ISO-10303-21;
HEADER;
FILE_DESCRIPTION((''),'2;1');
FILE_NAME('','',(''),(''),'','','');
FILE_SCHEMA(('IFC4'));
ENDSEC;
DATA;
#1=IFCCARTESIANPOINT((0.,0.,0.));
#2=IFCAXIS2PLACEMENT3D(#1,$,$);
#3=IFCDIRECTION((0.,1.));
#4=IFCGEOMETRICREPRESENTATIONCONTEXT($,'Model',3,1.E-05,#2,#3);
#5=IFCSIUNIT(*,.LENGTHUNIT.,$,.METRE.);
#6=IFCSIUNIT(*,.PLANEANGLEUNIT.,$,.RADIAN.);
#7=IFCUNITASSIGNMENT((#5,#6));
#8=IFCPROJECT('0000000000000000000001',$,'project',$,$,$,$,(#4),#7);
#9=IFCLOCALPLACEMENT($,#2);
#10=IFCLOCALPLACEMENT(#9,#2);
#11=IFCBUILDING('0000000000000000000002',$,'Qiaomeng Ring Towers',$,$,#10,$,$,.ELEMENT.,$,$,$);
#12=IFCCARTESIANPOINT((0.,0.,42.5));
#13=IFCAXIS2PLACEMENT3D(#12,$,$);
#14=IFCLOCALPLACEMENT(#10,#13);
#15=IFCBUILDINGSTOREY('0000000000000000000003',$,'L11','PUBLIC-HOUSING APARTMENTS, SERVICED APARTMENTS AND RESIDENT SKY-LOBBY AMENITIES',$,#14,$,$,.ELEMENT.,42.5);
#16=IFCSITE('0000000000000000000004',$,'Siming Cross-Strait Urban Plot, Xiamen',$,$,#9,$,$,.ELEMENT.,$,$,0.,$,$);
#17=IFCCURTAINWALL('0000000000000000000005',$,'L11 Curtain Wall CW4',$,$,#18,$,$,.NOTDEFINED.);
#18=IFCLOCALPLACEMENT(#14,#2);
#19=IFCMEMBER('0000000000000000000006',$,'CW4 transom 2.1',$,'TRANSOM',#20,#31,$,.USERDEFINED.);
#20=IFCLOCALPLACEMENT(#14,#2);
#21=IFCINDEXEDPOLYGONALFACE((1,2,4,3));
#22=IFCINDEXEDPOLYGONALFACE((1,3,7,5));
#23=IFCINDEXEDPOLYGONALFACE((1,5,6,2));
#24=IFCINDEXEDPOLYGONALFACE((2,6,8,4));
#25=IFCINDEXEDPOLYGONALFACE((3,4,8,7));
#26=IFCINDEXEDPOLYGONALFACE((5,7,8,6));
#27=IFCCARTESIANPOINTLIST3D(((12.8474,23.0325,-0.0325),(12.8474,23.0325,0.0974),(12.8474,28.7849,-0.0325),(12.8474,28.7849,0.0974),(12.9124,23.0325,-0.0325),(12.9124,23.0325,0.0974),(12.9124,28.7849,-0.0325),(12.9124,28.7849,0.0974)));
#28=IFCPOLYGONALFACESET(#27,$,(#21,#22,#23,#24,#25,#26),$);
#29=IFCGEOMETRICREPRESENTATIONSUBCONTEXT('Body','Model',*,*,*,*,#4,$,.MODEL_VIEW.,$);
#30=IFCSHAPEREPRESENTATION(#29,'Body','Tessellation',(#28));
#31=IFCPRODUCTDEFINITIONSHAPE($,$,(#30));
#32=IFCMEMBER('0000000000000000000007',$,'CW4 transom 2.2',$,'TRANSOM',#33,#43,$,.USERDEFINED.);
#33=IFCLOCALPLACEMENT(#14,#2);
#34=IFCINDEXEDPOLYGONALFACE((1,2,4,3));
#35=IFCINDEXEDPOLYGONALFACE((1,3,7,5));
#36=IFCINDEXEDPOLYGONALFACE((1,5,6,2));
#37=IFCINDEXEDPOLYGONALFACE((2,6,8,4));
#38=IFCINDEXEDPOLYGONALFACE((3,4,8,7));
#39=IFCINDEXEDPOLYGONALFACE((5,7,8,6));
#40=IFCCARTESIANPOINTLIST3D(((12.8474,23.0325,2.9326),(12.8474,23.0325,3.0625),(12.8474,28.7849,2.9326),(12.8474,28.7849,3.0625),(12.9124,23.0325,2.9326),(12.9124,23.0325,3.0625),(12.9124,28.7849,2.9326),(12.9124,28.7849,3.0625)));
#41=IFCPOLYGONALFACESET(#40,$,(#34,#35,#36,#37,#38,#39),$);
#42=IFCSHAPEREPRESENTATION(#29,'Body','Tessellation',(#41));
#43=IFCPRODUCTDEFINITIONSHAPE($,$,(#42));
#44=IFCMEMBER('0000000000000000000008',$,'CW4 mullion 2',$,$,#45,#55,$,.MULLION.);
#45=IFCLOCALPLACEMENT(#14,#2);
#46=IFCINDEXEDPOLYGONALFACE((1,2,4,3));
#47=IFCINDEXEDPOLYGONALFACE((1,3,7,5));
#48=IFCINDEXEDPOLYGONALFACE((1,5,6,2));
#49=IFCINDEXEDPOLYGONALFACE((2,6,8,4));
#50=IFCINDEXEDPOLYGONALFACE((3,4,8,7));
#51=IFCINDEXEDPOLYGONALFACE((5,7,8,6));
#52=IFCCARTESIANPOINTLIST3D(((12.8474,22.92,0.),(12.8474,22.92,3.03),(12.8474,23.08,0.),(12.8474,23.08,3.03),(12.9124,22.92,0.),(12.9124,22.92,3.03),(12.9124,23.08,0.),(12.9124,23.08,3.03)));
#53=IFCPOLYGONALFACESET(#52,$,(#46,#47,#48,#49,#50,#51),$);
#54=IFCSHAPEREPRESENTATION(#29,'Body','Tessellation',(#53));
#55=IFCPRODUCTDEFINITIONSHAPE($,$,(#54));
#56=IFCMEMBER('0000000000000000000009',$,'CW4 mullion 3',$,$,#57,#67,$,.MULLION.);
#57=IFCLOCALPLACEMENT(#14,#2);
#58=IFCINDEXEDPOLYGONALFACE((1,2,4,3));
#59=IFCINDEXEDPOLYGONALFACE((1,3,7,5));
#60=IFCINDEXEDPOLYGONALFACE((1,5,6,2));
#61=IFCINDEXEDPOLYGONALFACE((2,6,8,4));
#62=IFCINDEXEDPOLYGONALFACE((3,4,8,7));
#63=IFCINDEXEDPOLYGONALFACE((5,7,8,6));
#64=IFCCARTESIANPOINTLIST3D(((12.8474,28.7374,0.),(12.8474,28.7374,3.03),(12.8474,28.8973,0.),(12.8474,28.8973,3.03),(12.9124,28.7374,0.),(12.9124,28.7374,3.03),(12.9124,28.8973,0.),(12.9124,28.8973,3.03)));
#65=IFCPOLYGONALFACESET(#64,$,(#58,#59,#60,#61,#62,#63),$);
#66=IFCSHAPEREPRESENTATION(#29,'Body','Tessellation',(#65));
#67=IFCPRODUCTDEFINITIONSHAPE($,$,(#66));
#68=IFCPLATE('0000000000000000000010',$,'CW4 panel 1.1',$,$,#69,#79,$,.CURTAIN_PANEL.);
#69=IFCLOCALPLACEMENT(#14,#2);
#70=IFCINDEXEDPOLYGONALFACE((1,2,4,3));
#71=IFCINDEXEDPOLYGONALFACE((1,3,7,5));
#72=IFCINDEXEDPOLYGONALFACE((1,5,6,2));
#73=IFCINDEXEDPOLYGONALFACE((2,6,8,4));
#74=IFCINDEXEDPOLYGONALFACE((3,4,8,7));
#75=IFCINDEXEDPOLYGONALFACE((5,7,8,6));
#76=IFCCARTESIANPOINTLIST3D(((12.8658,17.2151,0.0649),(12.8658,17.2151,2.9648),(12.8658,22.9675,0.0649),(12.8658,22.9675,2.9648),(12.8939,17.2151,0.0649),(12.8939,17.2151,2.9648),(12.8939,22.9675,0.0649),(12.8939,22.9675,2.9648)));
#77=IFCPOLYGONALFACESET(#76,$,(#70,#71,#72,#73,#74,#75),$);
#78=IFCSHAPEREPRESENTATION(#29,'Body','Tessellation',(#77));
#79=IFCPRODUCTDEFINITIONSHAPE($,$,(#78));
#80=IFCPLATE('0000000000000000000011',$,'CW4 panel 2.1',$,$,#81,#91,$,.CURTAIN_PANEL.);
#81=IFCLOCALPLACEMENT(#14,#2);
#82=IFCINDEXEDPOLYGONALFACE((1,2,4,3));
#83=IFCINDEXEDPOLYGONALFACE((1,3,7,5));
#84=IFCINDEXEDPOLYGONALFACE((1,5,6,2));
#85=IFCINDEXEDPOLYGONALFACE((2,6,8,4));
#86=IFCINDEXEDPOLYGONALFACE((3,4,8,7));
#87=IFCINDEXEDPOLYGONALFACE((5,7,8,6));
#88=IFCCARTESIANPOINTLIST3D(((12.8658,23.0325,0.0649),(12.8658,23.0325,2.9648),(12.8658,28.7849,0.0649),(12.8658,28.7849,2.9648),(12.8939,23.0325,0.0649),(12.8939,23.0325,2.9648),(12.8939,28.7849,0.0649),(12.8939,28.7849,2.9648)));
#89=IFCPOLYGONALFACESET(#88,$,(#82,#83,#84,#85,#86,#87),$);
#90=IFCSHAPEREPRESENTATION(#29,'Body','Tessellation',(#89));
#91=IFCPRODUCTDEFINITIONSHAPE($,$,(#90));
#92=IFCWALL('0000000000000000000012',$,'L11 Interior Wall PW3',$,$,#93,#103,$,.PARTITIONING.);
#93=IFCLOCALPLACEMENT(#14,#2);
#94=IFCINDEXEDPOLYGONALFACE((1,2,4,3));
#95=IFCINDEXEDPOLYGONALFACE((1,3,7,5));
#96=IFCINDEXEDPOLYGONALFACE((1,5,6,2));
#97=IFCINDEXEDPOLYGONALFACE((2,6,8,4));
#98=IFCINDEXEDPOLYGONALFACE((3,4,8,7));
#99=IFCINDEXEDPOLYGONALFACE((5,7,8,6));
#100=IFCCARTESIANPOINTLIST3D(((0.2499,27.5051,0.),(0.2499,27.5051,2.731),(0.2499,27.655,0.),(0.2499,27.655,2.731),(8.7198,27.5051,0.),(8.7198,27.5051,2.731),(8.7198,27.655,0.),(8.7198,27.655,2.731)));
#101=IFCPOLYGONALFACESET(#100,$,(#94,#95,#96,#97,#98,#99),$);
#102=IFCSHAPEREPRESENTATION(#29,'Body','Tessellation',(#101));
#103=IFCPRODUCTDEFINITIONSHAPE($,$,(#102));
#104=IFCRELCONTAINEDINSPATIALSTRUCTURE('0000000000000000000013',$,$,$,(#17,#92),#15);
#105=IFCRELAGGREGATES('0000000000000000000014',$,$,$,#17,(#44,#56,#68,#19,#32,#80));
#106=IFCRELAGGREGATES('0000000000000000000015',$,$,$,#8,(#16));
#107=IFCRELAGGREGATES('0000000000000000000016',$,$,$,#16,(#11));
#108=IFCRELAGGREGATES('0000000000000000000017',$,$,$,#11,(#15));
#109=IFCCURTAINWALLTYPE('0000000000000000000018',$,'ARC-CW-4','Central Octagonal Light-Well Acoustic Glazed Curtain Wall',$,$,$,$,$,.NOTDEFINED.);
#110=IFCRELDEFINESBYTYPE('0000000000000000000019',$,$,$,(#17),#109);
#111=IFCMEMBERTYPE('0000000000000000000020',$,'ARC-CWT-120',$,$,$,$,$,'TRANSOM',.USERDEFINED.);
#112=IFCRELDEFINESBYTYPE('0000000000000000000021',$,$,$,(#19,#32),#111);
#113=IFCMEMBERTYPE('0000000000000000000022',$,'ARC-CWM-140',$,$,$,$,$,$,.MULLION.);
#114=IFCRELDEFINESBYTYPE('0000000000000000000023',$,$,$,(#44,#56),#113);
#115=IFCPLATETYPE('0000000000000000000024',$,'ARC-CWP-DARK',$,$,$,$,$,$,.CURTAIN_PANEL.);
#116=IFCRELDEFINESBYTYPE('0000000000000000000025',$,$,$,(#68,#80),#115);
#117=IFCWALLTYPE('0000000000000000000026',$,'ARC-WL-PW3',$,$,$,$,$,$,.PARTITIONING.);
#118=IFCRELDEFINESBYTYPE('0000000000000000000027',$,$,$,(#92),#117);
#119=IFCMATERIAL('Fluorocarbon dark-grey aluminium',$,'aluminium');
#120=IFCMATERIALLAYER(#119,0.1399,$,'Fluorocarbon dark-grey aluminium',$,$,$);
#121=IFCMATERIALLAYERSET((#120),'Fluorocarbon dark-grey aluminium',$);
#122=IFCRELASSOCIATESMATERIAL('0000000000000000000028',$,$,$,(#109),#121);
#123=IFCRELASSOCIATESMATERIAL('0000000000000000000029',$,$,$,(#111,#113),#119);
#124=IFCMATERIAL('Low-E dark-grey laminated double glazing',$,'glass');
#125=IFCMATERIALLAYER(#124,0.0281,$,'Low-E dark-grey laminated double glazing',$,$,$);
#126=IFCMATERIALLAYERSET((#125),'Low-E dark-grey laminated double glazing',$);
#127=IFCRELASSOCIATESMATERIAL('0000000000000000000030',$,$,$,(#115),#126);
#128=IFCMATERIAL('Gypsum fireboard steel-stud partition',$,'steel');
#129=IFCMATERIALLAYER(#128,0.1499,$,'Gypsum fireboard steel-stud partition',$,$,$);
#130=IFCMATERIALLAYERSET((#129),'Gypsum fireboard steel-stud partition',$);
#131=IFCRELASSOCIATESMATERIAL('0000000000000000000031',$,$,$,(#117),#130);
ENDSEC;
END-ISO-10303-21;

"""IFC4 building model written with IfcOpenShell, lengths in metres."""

from ifc_helpers import new_model, si_unit, direction, frame, frame_2d, origin, origin_2d, place, context, subcontext, project, spatial, rectangle, extrude, source, transform, mapped, material, layer, layer_set, material_profile, profile_set, type_object, element, aggregate, save


model = new_model("IFC4")

# Units and contexts
model_context = context("Model", 3, precision=1e-05, world=origin(), true_north=direction((0.0, 1.0)))
body_context = subcontext(model_context, "Body", "Model", "MODEL_VIEW")
ifc_project = project(units=[si_unit("LENGTHUNIT", "METRE"), si_unit("PLANEANGLEUNIT", "RADIAN")], contexts=[model_context])

# Site, building, storey
site_placement = place(None, origin())
site = spatial("IfcSite", under=ifc_project, at=site_placement, Name="Siming Cross-Strait Urban Plot, Xiamen", CompositionType="ELEMENT", RefElevation=0.0)
building_placement = place(site_placement, origin())
building = spatial("IfcBuilding", under=site, at=building_placement, Name="Qiaomeng Ring Towers", CompositionType="ELEMENT")
storey_placement = place(building_placement, frame((0.0, 0.0, 42.5)))
storey = spatial("IfcBuildingStorey", under=building, at=storey_placement, Name="L11", Description="PUBLIC-HOUSING APARTMENTS, SERVICED APARTMENTS AND RESIDENT SKY-LOBBY AMENITIES", CompositionType="ELEMENT", Elevation=42.5)

# Curtain wall, members, plates
ifc_material_1 = material(Name="Fluorocarbon dark-grey aluminium", Category="aluminium")
ifc_layer_1 = layer(ifc_material_1, 0.1399, Name="Fluorocarbon dark-grey aluminium")
ifc_layer_set_1 = layer_set([ifc_layer_1], Name="Fluorocarbon dark-grey aluminium")
curtain_wall_type = type_object("IfcCurtainWallType", Name="ARC-CW-4", Description="Central Octagonal Light-Well Acoustic Glazed Curtain Wall", PredefinedType="NOTDEFINED", material=ifc_layer_set_1)
curtain_wall_placement = place(storey_placement, origin())
curtain_wall = element("IfcCurtainWall", 1, at=curtain_wall_placement, inside=storey, type_object=curtain_wall_type, Name="L11 Curtain Wall CW4", PredefinedType="NOTDEFINED")
ifc_material_profile_1 = material_profile(ifc_material_1, rectangle(XDim=0.0649, YDim=0.1299, at=origin_2d()), Name="ALU TRAN 65x130")
ifc_profile_set_1 = profile_set([ifc_material_profile_1], Name="Fluorocarbon dark-grey aluminium")
member_type_1 = type_object("IfcMemberType", Name="ARC-CWT-120", ElementType="TRANSOM", PredefinedType="USERDEFINED", material=ifc_profile_set_1)
shared_shape_1 = source(origin(), body_context, "Body", "SweptSolid", [
    extrude(rectangle(XDim=0.0649, YDim=0.1299, at=origin_2d()), origin(), (0.0, 0.0, 1.0), 5.7524),
])
member_1_placement = place(storey_placement, frame((12.8799, 23.0325, 0.0325), z_axis=(0.0, 1.0, 0.0), x_axis=(-1.0, 0.0, 0.0)))
member_1 = element("IfcMember", 2, at=member_1_placement, type_object=member_type_1, Name="CW4 transom 2.1", ObjectType="TRANSOM", PredefinedType="USERDEFINED", context=body_context, shape_type="MappedRepresentation", body=[
    mapped(shared_shape_1, transform((0.0, 0.0, 0.0), x_axis=(1.0, 0.0, 0.0), y_axis=(0.0, 1.0, 0.0), z_axis=(0.0, 0.0, 1.0), scale=1.0)),
])
member_2_placement = place(storey_placement, frame((12.8799, 23.0325, 2.9976), z_axis=(0.0, 1.0, 0.0), x_axis=(-1.0, 0.0, 0.0)))
member_2 = element("IfcMember", 3, at=member_2_placement, type_object=member_type_1, Name="CW4 transom 2.2", ObjectType="TRANSOM", PredefinedType="USERDEFINED", context=body_context, shape_type="MappedRepresentation", body=[
    mapped(shared_shape_1, transform((0.0, 0.0, 0.0), x_axis=(1.0, 0.0, 0.0), y_axis=(0.0, 1.0, 0.0), z_axis=(0.0, 0.0, 1.0), scale=1.0)),
])
ifc_material_profile_2 = material_profile(ifc_material_1, rectangle(XDim=0.0649, YDim=0.1599, at=origin_2d()), Name="ALU MULL 65x160")
ifc_profile_set_2 = profile_set([ifc_material_profile_2], Name="Fluorocarbon dark-grey aluminium")
member_type_2 = type_object("IfcMemberType", Name="ARC-CWM-140", PredefinedType="MULLION", material=ifc_profile_set_2)
shared_shape_2 = source(origin(), body_context, "Body", "SweptSolid", [
    extrude(rectangle(XDim=0.0649, YDim=0.1599, at=origin_2d()), origin(), (0.0, 0.0, 1.0), 3.03),
])
member_3_placement = place(storey_placement, frame((12.8799, 23.0, 0.0), z_axis=(0.0, 0.0, 1.0), x_axis=(-1.0, 0.0, 0.0)))
member_3 = element("IfcMember", 4, at=member_3_placement, type_object=member_type_2, Name="CW4 mullion 2", PredefinedType="MULLION", context=body_context, shape_type="MappedRepresentation", body=[
    mapped(shared_shape_2, transform((0.0, 0.0, 0.0), x_axis=(1.0, 0.0, 0.0), y_axis=(0.0, 1.0, 0.0), z_axis=(0.0, 0.0, 1.0), scale=1.0)),
])
member_4_placement = place(storey_placement, frame((12.8799, 28.8174, 0.0), z_axis=(0.0, 0.0, 1.0), x_axis=(-1.0, 0.0, 0.0)))
member_4 = element("IfcMember", 5, at=member_4_placement, type_object=member_type_2, Name="CW4 mullion 3", PredefinedType="MULLION", context=body_context, shape_type="MappedRepresentation", body=[
    mapped(shared_shape_2, transform((0.0, 0.0, 0.0), x_axis=(1.0, 0.0, 0.0), y_axis=(0.0, 1.0, 0.0), z_axis=(0.0, 0.0, 1.0), scale=1.0)),
])
ifc_material_2 = material(Name="Low-E dark-grey laminated double glazing", Category="glass")
ifc_layer_2 = layer(ifc_material_2, 0.0281, Name="Low-E dark-grey laminated double glazing")
ifc_layer_set_2 = layer_set([ifc_layer_2], Name="Low-E dark-grey laminated double glazing")
plate_type = type_object("IfcPlateType", Name="ARC-CWP-DARK", PredefinedType="CURTAIN_PANEL", material=ifc_layer_set_2)
shared_shape_3 = source(origin(), body_context, "Body", "SweptSolid", [
    extrude(rectangle(XDim=5.7524, YDim=0.0281, at=origin_2d()), origin(), (0.0, 0.0, 1.0), 2.8999),
])
plate_1_placement = place(storey_placement, frame((12.8799, 20.0913, 0.0649), z_axis=(0.0, 0.0, 1.0), x_axis=(0.0, 1.0, 0.0)))
plate_1 = element("IfcPlate", 6, at=plate_1_placement, type_object=plate_type, Name="CW4 panel 1.1", PredefinedType="CURTAIN_PANEL", context=body_context, shape_type="MappedRepresentation", body=[
    mapped(shared_shape_3, transform((0.0, 0.0, 0.0), x_axis=(1.0, 0.0, 0.0), y_axis=(0.0, 1.0, 0.0), z_axis=(0.0, 0.0, 1.0), scale=1.0)),
])
plate_2_placement = place(storey_placement, frame((12.8799, 25.9087, 0.0649), z_axis=(0.0, 0.0, 1.0), x_axis=(0.0, 1.0, 0.0)))
plate_2 = element("IfcPlate", 7, at=plate_2_placement, type_object=plate_type, Name="CW4 panel 2.1", PredefinedType="CURTAIN_PANEL", context=body_context, shape_type="MappedRepresentation", body=[
    mapped(shared_shape_3, transform((0.0, 0.0, 0.0), x_axis=(1.0, 0.0, 0.0), y_axis=(0.0, 1.0, 0.0), z_axis=(0.0, 0.0, 1.0), scale=1.0)),
])
aggregate(curtain_wall, [member_3, member_4, plate_1, member_1, member_2, plate_2])

# Wall
ifc_material_3 = material(Name="Gypsum fireboard steel-stud partition", Category="steel")
ifc_layer_3 = layer(ifc_material_3, 0.1499, Name="Gypsum fireboard steel-stud partition")
ifc_layer_set_3 = layer_set([ifc_layer_3], Name="Gypsum fireboard steel-stud partition")
wall_type_1 = type_object("IfcWallType", Name="ARC-WL-PW3", PredefinedType="PARTITIONING", material=ifc_layer_set_3)
wall_1_placement = place(storey_placement, frame((0.25, 27.5801, 0.0), z_axis=(0.0, 0.0, 1.0), x_axis=(1.0, 0.0, 0.0)))
element("IfcWall", 8, at=wall_1_placement, inside=storey, type_object=wall_type_1, Name="L11 Interior Wall PW3", PredefinedType="PARTITIONING", context=body_context, shape_type="SweptSolid", body=[
    extrude(rectangle(XDim=8.47, YDim=0.1499, at=frame_2d((4.2349, 0.0))), origin(), (0.0, 0.0, 1.0), 2.731),
])

save(model, "model.ifc")
